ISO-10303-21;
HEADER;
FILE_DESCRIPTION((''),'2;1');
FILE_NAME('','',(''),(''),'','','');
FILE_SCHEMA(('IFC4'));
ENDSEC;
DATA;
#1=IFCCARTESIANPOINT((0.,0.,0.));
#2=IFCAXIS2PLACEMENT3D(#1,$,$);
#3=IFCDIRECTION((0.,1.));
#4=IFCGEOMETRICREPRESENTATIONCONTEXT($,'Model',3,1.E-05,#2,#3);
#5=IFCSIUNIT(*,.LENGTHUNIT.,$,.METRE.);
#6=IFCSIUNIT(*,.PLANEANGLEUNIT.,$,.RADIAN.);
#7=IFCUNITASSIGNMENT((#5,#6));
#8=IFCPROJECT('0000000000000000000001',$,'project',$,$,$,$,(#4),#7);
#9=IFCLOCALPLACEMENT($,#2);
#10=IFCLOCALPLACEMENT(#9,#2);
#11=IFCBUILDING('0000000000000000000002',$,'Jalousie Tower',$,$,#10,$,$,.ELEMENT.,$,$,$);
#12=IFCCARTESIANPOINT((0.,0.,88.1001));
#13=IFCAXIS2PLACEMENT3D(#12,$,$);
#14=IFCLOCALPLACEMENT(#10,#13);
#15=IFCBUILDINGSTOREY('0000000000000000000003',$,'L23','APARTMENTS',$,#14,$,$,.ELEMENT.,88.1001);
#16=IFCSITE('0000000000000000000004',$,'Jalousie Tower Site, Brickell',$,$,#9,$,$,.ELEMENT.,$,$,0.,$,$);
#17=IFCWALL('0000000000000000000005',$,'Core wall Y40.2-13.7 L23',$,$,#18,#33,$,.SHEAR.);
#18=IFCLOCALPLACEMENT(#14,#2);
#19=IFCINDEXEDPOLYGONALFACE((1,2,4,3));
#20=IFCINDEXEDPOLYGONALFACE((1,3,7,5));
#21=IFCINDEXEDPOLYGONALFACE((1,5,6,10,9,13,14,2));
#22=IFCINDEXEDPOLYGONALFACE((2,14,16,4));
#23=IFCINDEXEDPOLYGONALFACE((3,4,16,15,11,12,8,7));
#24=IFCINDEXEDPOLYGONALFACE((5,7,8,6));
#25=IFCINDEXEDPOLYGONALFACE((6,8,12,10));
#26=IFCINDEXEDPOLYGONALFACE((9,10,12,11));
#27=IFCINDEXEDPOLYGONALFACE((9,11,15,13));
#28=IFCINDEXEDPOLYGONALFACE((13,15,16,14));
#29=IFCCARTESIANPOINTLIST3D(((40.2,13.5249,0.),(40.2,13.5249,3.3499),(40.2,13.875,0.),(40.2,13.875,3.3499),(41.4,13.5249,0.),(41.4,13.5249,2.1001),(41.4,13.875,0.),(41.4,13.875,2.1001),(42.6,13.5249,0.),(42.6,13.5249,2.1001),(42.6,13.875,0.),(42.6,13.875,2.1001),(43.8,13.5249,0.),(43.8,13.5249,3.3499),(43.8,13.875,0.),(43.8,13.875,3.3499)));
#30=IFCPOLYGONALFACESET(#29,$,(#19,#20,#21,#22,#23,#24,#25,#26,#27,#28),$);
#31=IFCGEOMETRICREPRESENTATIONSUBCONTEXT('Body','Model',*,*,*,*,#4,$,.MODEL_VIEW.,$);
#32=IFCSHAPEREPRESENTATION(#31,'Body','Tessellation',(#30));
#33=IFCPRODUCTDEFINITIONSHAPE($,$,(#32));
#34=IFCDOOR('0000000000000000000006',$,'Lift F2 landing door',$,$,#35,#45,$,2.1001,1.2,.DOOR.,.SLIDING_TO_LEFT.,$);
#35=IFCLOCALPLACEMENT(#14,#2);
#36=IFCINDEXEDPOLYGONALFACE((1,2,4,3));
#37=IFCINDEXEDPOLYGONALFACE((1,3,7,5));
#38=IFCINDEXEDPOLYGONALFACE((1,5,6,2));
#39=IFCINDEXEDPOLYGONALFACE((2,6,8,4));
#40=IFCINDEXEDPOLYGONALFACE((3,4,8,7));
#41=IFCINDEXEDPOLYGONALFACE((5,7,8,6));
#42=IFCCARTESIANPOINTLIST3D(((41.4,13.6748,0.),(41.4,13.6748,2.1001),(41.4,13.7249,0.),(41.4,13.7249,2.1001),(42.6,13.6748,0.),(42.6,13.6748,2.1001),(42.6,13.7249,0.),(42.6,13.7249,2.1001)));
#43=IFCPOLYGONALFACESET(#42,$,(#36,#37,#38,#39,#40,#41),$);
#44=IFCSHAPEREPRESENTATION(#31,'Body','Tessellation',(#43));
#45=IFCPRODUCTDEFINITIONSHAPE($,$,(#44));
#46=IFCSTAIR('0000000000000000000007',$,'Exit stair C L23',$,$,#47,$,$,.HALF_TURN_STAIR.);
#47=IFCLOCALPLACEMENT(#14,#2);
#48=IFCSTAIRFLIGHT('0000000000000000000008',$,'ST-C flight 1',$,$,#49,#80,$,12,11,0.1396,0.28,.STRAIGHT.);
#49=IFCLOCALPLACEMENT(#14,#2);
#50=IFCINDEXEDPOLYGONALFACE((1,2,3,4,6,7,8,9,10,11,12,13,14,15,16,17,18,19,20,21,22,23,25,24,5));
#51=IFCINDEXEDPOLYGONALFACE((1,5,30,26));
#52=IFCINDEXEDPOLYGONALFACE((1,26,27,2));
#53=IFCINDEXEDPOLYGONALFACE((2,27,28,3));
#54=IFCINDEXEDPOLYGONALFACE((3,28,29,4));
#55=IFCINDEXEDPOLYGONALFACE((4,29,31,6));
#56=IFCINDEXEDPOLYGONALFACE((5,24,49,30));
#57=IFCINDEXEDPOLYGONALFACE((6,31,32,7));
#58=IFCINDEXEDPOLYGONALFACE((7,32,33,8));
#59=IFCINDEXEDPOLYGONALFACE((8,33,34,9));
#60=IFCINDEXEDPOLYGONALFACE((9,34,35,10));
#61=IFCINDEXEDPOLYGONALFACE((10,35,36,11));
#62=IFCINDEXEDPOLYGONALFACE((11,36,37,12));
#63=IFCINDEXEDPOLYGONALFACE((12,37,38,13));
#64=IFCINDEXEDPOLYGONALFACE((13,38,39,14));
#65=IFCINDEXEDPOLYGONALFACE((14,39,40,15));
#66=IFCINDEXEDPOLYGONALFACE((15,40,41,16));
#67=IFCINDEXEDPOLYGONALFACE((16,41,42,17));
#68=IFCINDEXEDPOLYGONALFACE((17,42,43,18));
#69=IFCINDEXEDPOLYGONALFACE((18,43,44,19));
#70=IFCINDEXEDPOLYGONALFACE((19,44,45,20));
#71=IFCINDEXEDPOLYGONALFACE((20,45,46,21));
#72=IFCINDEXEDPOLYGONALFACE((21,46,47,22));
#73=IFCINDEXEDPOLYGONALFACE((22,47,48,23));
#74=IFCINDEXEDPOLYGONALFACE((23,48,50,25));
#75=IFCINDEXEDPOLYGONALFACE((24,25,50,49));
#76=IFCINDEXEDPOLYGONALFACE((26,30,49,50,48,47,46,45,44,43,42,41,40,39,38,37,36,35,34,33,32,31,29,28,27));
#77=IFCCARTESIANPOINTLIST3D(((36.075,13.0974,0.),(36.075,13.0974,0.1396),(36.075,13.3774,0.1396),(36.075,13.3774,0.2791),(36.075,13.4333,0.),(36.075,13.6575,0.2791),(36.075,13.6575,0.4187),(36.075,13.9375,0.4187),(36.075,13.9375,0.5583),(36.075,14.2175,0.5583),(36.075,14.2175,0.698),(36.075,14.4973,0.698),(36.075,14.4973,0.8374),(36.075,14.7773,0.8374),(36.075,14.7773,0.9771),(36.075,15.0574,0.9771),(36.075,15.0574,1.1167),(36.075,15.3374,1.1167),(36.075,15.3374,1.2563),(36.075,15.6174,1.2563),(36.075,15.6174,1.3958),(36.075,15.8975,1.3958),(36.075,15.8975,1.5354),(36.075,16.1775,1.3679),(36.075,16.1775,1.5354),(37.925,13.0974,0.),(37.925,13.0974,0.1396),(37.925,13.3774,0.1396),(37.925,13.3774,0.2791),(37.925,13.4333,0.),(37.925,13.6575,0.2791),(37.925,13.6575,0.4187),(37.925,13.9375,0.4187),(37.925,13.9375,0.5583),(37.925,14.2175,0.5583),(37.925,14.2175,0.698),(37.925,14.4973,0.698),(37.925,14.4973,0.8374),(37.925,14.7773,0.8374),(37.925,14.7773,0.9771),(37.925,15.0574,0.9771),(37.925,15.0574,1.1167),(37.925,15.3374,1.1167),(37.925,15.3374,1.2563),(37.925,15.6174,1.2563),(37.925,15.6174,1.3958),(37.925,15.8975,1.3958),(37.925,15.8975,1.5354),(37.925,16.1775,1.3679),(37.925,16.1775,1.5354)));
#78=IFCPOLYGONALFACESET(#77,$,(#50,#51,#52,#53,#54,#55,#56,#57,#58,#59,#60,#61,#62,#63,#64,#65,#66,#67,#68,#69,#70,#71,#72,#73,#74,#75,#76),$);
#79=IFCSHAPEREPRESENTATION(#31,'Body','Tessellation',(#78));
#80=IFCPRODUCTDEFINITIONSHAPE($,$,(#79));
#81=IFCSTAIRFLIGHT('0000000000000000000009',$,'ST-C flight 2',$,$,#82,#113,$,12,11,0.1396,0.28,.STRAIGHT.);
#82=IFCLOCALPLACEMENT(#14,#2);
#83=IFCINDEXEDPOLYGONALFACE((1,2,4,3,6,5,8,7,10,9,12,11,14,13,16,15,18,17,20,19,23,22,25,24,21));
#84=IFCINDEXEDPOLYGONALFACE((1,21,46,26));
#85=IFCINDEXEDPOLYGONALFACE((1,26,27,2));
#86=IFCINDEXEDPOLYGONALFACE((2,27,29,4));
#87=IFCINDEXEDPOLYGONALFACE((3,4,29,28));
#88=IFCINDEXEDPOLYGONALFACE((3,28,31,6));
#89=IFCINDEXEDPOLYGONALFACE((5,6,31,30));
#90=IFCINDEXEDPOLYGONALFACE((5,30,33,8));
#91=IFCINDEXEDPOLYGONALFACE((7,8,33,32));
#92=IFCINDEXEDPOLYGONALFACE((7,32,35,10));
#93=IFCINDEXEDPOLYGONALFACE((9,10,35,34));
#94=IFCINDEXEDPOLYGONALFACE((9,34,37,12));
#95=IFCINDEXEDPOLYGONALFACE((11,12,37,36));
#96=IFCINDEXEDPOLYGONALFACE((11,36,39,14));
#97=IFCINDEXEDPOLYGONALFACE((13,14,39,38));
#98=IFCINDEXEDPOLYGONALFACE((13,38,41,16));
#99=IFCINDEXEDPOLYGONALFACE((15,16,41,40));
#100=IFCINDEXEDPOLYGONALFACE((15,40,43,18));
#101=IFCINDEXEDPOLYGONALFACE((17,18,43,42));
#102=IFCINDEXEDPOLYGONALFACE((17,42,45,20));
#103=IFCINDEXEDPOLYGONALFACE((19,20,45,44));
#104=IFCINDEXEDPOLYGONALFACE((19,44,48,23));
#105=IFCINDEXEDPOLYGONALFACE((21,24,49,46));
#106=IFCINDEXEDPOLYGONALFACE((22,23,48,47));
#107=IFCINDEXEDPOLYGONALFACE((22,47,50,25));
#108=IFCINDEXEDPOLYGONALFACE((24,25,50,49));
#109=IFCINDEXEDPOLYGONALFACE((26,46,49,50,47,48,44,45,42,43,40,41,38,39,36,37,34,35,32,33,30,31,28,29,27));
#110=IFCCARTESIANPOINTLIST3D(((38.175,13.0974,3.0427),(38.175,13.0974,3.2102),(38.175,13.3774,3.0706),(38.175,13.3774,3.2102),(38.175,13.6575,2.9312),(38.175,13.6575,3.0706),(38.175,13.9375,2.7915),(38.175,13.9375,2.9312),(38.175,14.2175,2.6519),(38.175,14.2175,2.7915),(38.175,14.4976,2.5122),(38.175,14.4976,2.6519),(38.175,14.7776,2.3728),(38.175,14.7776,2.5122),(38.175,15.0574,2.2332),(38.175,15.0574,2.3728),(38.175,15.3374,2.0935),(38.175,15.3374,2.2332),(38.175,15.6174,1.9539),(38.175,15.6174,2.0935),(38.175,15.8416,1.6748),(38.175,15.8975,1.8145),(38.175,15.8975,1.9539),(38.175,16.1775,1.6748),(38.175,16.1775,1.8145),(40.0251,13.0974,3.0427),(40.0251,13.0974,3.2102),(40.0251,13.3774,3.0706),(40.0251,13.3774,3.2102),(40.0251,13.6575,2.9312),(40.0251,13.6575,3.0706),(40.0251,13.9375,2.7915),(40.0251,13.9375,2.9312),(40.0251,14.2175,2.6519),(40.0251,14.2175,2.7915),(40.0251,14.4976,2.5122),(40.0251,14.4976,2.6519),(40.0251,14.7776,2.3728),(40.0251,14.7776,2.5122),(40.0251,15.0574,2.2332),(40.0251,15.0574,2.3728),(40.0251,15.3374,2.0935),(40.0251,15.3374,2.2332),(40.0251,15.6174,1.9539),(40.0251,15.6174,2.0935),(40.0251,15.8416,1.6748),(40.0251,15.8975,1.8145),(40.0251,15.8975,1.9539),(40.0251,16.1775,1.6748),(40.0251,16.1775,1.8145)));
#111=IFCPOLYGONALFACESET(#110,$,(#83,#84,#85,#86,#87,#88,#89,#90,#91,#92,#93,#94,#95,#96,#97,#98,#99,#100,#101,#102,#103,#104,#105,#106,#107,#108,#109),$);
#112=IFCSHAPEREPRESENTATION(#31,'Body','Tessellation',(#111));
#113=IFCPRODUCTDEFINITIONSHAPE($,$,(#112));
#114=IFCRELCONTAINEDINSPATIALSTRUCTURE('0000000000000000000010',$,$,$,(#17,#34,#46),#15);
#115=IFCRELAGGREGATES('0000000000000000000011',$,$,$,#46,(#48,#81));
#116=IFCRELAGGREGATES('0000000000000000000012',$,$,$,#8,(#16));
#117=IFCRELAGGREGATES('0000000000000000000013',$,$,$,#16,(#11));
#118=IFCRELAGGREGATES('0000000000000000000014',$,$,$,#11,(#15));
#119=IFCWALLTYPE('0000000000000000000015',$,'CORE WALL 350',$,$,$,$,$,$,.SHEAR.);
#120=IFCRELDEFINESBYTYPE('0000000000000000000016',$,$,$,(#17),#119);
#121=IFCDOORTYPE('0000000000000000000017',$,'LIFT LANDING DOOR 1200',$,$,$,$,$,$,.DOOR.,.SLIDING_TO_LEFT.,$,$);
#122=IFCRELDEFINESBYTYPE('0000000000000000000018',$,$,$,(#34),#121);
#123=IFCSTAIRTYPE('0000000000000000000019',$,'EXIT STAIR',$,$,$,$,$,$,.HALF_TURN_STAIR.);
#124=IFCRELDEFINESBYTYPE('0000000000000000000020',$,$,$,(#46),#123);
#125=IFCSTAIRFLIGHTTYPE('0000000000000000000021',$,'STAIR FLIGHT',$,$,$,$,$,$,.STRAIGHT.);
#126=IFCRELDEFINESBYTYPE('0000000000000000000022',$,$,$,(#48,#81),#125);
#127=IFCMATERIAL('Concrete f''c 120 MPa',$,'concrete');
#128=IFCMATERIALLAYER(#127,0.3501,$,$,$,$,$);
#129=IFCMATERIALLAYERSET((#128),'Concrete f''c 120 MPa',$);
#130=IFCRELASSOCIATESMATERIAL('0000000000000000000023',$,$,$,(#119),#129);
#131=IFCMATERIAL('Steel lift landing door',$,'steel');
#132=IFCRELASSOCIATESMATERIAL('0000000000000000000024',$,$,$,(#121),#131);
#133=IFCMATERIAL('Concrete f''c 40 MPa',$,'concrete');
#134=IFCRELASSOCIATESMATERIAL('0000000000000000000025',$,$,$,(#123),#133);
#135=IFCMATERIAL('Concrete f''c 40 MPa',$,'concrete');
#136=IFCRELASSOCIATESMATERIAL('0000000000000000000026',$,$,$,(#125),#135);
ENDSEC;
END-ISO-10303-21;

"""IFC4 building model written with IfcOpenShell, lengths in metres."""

from ifc_helpers import new_model, si_unit, direction, frame, frame_2d, origin, place, context, subcontext, project, spatial, polyline, rectangle, outline, extrude, material, layer, layer_set, type_object, element, fill, aggregate, save


model = new_model("IFC4")

# Units and contexts
model_context = context("Model", 3, precision=1e-05, world=origin(), true_north=direction((0.0, 1.0)))
body_context = subcontext(model_context, "Body", "Model", "MODEL_VIEW")
ifc_project = project(units=[si_unit("LENGTHUNIT", "METRE"), si_unit("PLANEANGLEUNIT", "RADIAN")], contexts=[model_context])

# Site, building, storey
site_placement = place(None, origin())
site = spatial("IfcSite", under=ifc_project, at=site_placement, Name="Jalousie Tower Site, Brickell", CompositionType="ELEMENT", RefElevation=0.0)
building_placement = place(site_placement, origin())
building = spatial("IfcBuilding", under=site, at=building_placement, Name="Jalousie Tower", CompositionType="ELEMENT")
storey_placement = place(building_placement, frame((0.0, 0.0, 88.1001)))
storey = spatial("IfcBuildingStorey", under=building, at=storey_placement, Name="L23", Description="APARTMENTS", CompositionType="ELEMENT", Elevation=88.1001)

# Shared definitions
ifc_material_1 = material(Name="Concrete f'c 120 MPa", Category="concrete")
ifc_layer = layer(ifc_material_1, 0.3501)
ifc_layer_set = layer_set([ifc_layer], Name="Concrete f'c 120 MPa")
wall_type = type_object("IfcWallType", Name="CORE WALL 350", PredefinedType="SHEAR", material=ifc_layer_set)

# Wall, opening, door
wall_1_placement = place(storey_placement, frame((40.2, 13.7, 0.0), z_axis=(0.0, 0.0, 1.0), x_axis=(1.0, 0.0, 0.0)))
wall_1 = element("IfcWall", 1, at=wall_1_placement, inside=storey, type_object=wall_type, Name="Core wall Y40.2-13.7 L23", PredefinedType="SHEAR", context=body_context, shape_type="SweptSolid", body=[
    extrude(rectangle(XDim=3.6001, YDim=0.3501, at=frame_2d((1.8, 0.0))), origin(), (0.0, 0.0, 1.0), 3.3499),
])
opening_1_placement = place(wall_1_placement, frame((1.2, 0.0, 0.0)))
opening_1 = element("IfcOpeningElement", 2, at=opening_1_placement, cuts=wall_1, PredefinedType="OPENING", context=body_context, shape_type="SweptSolid", body=[
    extrude(rectangle(XDim=1.2, YDim=2.1001, at=frame_2d((0.6001, 1.05))), frame((0.0, 0.1851, 0.0), z_axis=(0.0, -1.0, 0.0), x_axis=(1.0, 0.0, 0.0)), (0.0, 0.0, 1.0), 0.3701),
])
ifc_material_2 = material(Name="Steel lift landing door", Category="steel")
door_type_1 = type_object("IfcDoorType", Name="LIFT LANDING DOOR 1200", OperationType="SLIDING_TO_LEFT", PredefinedType="DOOR", material=ifc_material_2)
door_1_placement = place(opening_1_placement, origin())
door_1 = element("IfcDoor", 3, at=door_1_placement, inside=storey, type_object=door_type_1, Name="Lift F2 landing door", OperationType="SLIDING_TO_LEFT", OverallHeight=2.1001, OverallWidth=1.2, PredefinedType="DOOR", context=body_context, shape_type="SweptSolid", body=[
    extrude(rectangle(XDim=1.2, YDim=2.1001, at=frame_2d((0.6001, 1.05))), frame((0.0, 0.0249, 0.0), z_axis=(0.0, -1.0, 0.0), x_axis=(1.0, 0.0, 0.0)), (0.0, 0.0, 1.0), 0.05),
])
fill(opening_1, door_1)

# Stair, stair flights
ifc_material_3 = material(Name="Concrete f'c 40 MPa", Category="concrete")
stair_type = type_object("IfcStairType", Name="EXIT STAIR", PredefinedType="HALF_TURN_STAIR", material=ifc_material_3)
stair_placement = place(storey_placement, origin())
stair = element("IfcStair", 4, at=stair_placement, inside=storey, type_object=stair_type, Name="Exit stair C L23", PredefinedType="HALF_TURN_STAIR")
ifc_material_4 = material(Name="Concrete f'c 40 MPa", Category="concrete")
stair_flight_type = type_object("IfcStairFlightType", Name="STAIR FLIGHT", PredefinedType="STRAIGHT", material=ifc_material_4)
stair_flight_1_placement = place(storey_placement, frame((37.0, 13.0974, 0.0), z_axis=(0.0, 0.0, 1.0), x_axis=(0.0, 1.0, 0.0)))
stair_flight_1 = element("IfcStairFlight", 5, at=stair_flight_1_placement, type_object=stair_flight_type, Name="ST-C flight 1", NumberOfRisers=12, NumberOfTreads=11, PredefinedType="STRAIGHT", RiserHeight=0.1396, TreadLength=0.28, context=body_context, shape_type="SweptSolid", body=[
    extrude(outline(polyline([(0.0, 0.0), (0.0, 0.1396), (0.28, 0.1396), (0.28, 0.2791), (0.5601, 0.2791), (0.5601, 0.4187), (0.8401, 0.4187), (0.8401, 0.5583), (1.1201, 0.5583), (1.1201, 0.698), (1.3999, 0.698), (1.3999, 0.8374), (1.6799, 0.8374), (1.6799, 0.9771), (1.96, 0.9771), (1.96, 1.1167), (2.24, 1.1167), (2.24, 1.2563), (2.52, 1.2563), (2.52, 1.3958), (2.8, 1.3958), (2.8, 1.5354), (3.0801, 1.5354), (3.0801, 1.675), (3.0801, 1.3679), (0.3359, 0.0), (0.0, 0.0)])), frame((0.0, 0.925, 0.0), z_axis=(0.0, -1.0, 0.0), x_axis=(1.0, 0.0, 0.0)), (0.0, 0.0, 1.0), 1.8501),
])
stair_flight_2_placement = place(storey_placement, frame((39.1001, 16.1775, 1.6748), z_axis=(0.0, 0.0, 1.0), x_axis=(0.0, -1.0, 0.0)))
stair_flight_2 = element("IfcStairFlight", 6, at=stair_flight_2_placement, type_object=stair_flight_type, Name="ST-C flight 2", NumberOfRisers=12, NumberOfTreads=11, PredefinedType="STRAIGHT", RiserHeight=0.1396, TreadLength=0.28, context=body_context, shape_type="SweptSolid", body=[
    extrude(outline(polyline([(0.0, 0.0), (0.0, 0.1396), (0.28, 0.1396), (0.28, 0.2791), (0.5601, 0.2791), (0.5601, 0.4187), (0.8401, 0.4187), (0.8401, 0.5583), (1.1201, 0.5583), (1.1201, 0.698), (1.3999, 0.698), (1.3999, 0.8374), (1.6799, 0.8374), (1.6799, 0.9771), (1.96, 0.9771), (1.96, 1.1167), (2.24, 1.1167), (2.24, 1.2563), (2.52, 1.2563), (2.52, 1.3958), (2.8, 1.3958), (2.8, 1.5354), (3.0801, 1.5354), (3.0801, 1.675), (3.0801, 1.3679), (0.3359, 0.0), (0.0, 0.0)])), frame((0.0, 0.925, 0.0), z_axis=(0.0, -1.0, 0.0), x_axis=(1.0, 0.0, 0.0)), (0.0, 0.0, 1.0), 1.8501),
])
aggregate(stair, [stair_flight_1, stair_flight_2])

save(model, "model.ifc")
